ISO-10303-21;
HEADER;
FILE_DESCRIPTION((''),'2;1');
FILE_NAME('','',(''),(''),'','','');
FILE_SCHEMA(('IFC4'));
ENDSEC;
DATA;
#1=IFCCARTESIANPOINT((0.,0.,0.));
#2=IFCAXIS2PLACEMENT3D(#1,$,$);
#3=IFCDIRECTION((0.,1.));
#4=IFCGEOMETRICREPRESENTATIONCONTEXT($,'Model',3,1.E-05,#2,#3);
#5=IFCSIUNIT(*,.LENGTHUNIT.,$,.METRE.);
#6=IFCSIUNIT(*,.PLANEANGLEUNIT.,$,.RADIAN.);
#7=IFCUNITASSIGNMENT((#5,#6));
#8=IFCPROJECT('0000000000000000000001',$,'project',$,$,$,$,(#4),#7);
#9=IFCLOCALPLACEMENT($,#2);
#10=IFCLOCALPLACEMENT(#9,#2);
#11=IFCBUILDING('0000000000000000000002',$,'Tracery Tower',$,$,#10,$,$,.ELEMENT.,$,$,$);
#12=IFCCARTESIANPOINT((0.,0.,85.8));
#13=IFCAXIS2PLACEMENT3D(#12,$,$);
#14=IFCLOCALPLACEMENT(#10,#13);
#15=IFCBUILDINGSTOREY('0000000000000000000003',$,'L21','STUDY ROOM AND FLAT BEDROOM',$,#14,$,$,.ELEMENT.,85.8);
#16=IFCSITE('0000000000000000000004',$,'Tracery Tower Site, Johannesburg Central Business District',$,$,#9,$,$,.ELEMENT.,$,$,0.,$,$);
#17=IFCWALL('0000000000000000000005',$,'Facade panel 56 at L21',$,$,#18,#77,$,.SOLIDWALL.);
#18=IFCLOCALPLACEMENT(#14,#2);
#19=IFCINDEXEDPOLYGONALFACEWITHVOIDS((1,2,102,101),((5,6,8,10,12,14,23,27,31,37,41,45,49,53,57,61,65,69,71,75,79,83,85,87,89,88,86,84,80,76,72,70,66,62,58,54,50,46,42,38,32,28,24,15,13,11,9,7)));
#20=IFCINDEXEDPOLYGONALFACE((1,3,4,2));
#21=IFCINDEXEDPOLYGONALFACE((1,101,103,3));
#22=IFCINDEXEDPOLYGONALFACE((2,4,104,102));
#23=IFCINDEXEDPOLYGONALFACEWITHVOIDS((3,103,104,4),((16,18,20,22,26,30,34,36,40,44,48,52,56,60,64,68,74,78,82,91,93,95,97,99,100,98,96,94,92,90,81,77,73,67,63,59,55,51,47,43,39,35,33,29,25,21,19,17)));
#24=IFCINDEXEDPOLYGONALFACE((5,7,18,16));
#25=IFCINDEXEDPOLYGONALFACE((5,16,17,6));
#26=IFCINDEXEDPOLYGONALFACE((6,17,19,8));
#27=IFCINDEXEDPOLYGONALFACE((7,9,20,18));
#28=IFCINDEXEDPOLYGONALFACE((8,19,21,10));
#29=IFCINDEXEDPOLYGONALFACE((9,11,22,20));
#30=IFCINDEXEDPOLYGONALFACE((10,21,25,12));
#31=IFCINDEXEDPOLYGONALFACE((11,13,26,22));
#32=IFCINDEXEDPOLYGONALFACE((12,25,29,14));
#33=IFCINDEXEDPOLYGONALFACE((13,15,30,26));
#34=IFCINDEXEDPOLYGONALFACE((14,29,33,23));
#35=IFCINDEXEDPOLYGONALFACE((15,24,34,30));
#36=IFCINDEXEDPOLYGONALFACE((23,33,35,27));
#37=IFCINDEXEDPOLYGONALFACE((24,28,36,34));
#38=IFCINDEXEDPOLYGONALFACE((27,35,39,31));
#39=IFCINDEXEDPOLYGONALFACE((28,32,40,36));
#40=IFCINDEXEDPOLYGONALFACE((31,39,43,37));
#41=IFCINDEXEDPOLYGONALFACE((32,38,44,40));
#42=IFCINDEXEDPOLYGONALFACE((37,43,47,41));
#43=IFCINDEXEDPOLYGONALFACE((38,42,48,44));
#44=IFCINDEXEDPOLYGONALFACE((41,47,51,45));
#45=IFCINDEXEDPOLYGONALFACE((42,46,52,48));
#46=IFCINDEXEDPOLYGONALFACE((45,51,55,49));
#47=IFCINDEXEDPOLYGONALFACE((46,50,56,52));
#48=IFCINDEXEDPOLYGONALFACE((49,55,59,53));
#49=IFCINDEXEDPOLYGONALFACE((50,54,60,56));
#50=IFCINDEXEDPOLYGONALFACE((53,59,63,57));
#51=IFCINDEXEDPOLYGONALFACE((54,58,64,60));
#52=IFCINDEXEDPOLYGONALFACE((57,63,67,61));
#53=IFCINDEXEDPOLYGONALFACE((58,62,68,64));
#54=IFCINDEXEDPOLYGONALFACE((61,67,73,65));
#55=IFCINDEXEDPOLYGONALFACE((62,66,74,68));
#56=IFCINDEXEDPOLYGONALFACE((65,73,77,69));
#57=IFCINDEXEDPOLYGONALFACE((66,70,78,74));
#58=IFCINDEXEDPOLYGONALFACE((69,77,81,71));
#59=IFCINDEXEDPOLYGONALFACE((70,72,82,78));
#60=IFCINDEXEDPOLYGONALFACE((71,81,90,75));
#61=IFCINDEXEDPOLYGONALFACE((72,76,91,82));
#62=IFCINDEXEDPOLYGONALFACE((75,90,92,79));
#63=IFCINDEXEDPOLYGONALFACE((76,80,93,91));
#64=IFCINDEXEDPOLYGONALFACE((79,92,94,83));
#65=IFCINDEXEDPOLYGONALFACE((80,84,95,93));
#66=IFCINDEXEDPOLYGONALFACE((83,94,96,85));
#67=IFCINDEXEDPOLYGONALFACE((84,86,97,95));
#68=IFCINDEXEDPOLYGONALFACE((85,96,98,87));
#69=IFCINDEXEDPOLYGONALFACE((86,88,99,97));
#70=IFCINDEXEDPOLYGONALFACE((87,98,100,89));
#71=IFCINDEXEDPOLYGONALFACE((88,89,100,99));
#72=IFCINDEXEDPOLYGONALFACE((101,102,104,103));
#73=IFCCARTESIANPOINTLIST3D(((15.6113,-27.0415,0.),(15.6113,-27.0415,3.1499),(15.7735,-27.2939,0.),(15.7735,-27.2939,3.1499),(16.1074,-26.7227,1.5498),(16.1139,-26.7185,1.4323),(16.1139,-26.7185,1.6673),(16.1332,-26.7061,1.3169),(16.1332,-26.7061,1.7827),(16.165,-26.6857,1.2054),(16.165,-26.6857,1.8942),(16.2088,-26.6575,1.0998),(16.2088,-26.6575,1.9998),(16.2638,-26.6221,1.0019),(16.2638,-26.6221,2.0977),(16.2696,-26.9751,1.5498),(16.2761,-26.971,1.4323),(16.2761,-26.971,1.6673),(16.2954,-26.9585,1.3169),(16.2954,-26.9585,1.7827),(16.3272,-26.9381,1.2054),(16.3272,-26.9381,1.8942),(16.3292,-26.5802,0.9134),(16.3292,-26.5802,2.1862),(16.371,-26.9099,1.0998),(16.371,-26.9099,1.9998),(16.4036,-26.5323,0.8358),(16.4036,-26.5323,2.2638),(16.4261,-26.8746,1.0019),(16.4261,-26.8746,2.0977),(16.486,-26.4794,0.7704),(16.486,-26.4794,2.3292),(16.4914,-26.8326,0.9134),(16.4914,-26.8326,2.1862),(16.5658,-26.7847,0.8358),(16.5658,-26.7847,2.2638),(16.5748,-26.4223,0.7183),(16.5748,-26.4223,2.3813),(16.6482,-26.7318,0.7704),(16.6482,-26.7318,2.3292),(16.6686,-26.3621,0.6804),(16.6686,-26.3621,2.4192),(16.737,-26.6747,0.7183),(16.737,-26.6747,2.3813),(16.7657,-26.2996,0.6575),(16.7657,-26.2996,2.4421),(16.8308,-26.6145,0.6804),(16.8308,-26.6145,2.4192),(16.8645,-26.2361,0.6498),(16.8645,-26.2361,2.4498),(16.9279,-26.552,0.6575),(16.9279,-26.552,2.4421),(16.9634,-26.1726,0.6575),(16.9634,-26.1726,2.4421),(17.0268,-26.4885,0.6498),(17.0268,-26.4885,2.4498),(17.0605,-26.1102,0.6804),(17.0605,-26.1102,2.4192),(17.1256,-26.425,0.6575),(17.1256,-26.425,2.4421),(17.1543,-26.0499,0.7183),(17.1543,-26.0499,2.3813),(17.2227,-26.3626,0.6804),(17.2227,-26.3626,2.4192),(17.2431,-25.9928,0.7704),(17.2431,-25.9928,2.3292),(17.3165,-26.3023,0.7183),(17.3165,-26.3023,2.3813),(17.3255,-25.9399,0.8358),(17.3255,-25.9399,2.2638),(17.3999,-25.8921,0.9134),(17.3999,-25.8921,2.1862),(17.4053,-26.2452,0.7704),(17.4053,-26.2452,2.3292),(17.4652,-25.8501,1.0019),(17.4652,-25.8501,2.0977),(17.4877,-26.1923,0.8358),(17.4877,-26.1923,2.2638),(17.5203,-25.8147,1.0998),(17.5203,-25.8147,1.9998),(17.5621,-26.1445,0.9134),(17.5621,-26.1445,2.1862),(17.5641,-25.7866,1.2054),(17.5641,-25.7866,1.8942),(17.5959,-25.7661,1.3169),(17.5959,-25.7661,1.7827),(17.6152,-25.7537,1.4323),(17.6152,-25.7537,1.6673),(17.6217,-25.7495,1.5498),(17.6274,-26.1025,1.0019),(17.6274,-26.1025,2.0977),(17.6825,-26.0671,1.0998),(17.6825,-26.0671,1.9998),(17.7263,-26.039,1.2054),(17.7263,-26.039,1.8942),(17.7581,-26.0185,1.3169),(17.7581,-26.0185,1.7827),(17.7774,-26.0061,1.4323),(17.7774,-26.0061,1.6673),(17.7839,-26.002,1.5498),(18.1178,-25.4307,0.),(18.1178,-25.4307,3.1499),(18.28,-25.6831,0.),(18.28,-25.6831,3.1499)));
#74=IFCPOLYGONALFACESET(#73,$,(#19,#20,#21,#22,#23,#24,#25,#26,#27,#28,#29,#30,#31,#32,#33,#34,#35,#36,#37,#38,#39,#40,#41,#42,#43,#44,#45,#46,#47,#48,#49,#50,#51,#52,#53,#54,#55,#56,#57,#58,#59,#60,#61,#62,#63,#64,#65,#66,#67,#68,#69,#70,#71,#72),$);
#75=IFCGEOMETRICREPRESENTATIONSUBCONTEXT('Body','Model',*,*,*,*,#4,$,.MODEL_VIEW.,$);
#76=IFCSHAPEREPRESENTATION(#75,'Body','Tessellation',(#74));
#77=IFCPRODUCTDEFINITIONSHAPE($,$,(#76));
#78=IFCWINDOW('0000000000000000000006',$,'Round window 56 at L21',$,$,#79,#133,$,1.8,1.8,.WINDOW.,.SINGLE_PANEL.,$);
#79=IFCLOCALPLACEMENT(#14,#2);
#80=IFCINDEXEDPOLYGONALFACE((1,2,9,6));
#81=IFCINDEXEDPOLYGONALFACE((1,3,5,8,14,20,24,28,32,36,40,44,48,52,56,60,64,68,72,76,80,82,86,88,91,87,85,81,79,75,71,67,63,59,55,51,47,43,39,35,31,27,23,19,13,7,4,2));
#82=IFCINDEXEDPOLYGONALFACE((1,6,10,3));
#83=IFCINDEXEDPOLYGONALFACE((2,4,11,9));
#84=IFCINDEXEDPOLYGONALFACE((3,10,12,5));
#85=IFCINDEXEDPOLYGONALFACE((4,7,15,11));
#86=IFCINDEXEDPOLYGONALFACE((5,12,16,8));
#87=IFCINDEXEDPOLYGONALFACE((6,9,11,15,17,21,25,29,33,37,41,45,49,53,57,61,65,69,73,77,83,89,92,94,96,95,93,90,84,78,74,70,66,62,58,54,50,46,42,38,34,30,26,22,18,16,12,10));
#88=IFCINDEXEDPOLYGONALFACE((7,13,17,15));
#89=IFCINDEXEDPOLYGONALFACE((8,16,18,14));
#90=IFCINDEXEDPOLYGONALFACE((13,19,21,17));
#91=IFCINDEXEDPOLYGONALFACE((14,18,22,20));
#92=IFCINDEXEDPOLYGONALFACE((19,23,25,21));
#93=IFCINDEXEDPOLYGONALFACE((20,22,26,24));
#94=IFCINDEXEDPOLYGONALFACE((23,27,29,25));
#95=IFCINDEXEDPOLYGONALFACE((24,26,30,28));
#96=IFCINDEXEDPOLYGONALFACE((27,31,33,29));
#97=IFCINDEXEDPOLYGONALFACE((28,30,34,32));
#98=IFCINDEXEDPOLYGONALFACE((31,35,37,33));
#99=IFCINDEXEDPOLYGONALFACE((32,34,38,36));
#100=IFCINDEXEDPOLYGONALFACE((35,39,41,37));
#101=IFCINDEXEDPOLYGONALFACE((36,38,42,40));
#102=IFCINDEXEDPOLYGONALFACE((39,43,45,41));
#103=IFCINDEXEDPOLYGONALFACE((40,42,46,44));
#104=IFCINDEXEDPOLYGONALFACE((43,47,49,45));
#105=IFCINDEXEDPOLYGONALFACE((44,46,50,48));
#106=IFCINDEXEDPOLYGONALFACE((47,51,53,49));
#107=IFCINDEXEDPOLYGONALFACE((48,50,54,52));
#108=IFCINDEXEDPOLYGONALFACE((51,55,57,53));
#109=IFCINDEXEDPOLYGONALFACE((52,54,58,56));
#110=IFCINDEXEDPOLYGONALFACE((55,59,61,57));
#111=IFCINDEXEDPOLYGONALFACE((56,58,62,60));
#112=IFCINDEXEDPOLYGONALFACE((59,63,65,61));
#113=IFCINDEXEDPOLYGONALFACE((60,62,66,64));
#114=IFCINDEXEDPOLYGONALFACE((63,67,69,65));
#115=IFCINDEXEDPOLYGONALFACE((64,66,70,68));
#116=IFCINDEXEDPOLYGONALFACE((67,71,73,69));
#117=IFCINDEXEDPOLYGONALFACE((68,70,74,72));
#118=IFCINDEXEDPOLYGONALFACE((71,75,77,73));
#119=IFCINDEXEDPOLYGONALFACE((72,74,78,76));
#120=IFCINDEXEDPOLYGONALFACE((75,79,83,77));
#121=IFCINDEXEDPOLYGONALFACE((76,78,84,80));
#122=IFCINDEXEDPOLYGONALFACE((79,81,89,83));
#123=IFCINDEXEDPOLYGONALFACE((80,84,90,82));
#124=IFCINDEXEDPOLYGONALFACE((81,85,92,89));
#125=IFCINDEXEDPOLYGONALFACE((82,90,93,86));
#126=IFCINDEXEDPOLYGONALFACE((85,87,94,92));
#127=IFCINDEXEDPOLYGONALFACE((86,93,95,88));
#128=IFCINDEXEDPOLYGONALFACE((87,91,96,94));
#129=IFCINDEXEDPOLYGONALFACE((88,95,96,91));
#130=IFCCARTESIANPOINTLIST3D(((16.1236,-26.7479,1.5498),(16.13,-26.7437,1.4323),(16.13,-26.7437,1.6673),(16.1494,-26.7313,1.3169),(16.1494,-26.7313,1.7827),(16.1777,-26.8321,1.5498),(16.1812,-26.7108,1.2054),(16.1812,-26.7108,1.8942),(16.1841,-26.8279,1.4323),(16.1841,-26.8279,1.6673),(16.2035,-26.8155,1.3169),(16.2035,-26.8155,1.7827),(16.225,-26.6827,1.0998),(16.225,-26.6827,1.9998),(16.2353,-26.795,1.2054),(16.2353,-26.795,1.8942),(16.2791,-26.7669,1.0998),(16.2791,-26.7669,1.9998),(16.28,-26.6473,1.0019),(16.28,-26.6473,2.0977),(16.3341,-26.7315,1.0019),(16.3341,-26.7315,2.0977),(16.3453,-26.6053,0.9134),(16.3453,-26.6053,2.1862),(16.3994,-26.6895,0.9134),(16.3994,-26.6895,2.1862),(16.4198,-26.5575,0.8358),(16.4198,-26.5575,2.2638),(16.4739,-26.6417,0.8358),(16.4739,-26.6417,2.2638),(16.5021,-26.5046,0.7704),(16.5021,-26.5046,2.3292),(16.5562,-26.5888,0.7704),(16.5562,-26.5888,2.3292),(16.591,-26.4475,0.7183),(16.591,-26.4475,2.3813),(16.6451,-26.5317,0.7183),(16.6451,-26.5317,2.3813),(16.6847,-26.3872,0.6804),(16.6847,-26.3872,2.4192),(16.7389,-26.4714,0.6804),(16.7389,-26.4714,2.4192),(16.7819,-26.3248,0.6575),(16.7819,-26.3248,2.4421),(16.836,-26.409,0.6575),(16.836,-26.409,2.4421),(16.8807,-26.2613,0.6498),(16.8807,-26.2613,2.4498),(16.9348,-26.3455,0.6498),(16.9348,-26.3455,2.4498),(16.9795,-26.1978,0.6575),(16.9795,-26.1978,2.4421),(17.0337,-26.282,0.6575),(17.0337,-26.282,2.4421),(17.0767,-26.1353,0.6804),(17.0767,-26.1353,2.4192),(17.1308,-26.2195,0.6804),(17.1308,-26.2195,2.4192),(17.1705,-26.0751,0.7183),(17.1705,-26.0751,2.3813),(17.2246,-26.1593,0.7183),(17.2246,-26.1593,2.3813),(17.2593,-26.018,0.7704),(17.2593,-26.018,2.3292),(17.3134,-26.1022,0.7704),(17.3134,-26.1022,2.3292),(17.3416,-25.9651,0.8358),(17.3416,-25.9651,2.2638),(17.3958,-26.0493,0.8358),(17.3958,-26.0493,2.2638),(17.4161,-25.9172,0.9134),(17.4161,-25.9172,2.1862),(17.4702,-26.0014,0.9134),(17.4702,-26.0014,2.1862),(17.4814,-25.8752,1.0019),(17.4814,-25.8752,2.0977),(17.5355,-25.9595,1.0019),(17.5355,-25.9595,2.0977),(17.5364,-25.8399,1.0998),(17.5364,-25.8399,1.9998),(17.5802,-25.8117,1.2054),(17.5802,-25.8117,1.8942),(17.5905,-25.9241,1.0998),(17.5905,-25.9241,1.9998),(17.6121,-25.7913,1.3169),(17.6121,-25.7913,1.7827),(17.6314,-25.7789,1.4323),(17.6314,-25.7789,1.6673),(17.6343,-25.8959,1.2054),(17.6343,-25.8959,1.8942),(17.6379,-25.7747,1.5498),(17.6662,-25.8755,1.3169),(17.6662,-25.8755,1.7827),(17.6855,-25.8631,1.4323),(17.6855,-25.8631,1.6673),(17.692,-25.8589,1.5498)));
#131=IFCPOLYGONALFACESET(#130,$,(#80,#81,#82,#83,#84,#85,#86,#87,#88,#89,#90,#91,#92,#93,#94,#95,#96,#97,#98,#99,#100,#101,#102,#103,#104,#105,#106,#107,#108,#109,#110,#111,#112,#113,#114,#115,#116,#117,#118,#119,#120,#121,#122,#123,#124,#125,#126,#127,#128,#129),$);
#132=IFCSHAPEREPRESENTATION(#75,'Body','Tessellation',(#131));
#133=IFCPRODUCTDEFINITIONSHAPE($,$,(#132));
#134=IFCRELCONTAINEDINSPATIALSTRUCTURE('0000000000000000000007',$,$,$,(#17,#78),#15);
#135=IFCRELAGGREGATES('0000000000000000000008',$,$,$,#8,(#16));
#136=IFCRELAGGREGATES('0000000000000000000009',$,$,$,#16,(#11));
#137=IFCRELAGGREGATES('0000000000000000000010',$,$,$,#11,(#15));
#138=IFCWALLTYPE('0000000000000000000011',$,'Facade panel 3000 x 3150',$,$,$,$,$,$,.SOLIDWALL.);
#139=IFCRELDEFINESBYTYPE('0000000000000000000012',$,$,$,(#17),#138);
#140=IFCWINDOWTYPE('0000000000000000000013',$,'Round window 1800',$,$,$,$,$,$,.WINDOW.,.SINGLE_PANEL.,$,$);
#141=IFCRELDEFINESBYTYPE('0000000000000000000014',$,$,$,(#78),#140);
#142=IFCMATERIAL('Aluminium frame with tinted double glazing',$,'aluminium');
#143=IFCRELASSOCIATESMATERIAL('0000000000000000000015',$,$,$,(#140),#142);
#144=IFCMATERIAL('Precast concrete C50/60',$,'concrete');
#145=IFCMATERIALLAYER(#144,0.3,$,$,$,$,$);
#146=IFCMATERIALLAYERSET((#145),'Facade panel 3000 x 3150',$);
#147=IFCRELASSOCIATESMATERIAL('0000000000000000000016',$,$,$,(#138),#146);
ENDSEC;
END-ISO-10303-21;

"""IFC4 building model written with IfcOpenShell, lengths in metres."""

from ifc_helpers import new_model, si_unit, direction, frame, frame_2d, origin, origin_2d, place, context, subcontext, project, spatial, rectangle, circle, extrude, material, layer, layer_set, type_object, element, fill, save


model = new_model("IFC4")

# Units and contexts
model_context = context("Model", 3, precision=1e-05, world=origin(), true_north=direction((0.0, 1.0)))
body_context = subcontext(model_context, "Body", "Model", "MODEL_VIEW")
ifc_project = project(units=[si_unit("LENGTHUNIT", "METRE"), si_unit("PLANEANGLEUNIT", "RADIAN")], contexts=[model_context])

# Site, building, storey
site_placement = place(None, origin())
site = spatial("IfcSite", under=ifc_project, at=site_placement, Name="Tracery Tower Site, Johannesburg Central Business District", CompositionType="ELEMENT", RefElevation=0.0)
building_placement = place(site_placement, origin())
building = spatial("IfcBuilding", under=site, at=building_placement, Name="Tracery Tower", CompositionType="ELEMENT")
storey_placement = place(building_placement, frame((0.0, 0.0, 85.8)))
storey = spatial("IfcBuildingStorey", under=building, at=storey_placement, Name="L21", Description="STUDY ROOM AND FLAT BEDROOM", CompositionType="ELEMENT", Elevation=85.8)

# Wall, opening, window
ifc_material_1 = material(Name="Aluminium frame with tinted double glazing", Category="aluminium")
window_type = type_object("IfcWindowType", Name="Round window 1800", PartitioningType="SINGLE_PANEL", PredefinedType="WINDOW", material=ifc_material_1)
ifc_material_2 = material(Name="Precast concrete C50/60", Category="concrete")
ifc_layer_1 = layer(ifc_material_2, 0.3)
ifc_layer_set_1 = layer_set([ifc_layer_1], Name="Facade panel 3000 x 3150")
wall_type_1 = type_object("IfcWallType", Name="Facade panel 3000 x 3150", PredefinedType="SOLIDWALL", material=ifc_layer_set_1)
wall_1_placement = place(storey_placement, frame((15.6924, -27.1677, 0.0), z_axis=(0.0, 0.0, 1.0), x_axis=(0.841261, 0.540629, 0.0)))
wall_1 = element("IfcWall", 1, at=wall_1_placement, inside=storey, type_object=wall_type_1, Name="Facade panel 56 at L21", PredefinedType="SOLIDWALL", context=body_context, shape_type="SweptSolid", body=[
    extrude(rectangle(XDim=2.9795, YDim=0.3, at=frame_2d((1.4897, 0.0))), origin(), (0.0, 0.0, 1.0), 3.1499),
])
opening_1_placement = place(wall_1_placement, frame((1.4897, 0.0, 1.5498)))
opening_1 = element("IfcOpeningElement", 2, at=opening_1_placement, cuts=wall_1, PredefinedType="OPENING", context=body_context, shape_type="SweptSolid", body=[
    extrude(circle(Radius=0.9, at=origin_2d()), frame((0.0, 0.1599, 0.0), z_axis=(0.0, -1.0, 0.0), x_axis=(1.0, 0.0, 0.0)), (0.0, 0.0, 1.0), 0.3201),
])
window_1_placement = place(opening_1_placement, origin())
window_1 = element("IfcWindow", 3, at=window_1_placement, inside=storey, type_object=window_type, Name="Round window 56 at L21", OverallHeight=1.8, OverallWidth=1.8, PartitioningType="SINGLE_PANEL", PredefinedType="WINDOW", context=body_context, shape_type="SweptSolid", body=[
    extrude(circle(Radius=0.9, at=origin_2d()), frame((0.0, 0.1201, 0.0), z_axis=(0.0, -1.0, 0.0), x_axis=(1.0, 0.0, 0.0)), (0.0, 0.0, 1.0), 0.1001),
])
fill(opening_1, window_1)

save(model, "model.ifc")
